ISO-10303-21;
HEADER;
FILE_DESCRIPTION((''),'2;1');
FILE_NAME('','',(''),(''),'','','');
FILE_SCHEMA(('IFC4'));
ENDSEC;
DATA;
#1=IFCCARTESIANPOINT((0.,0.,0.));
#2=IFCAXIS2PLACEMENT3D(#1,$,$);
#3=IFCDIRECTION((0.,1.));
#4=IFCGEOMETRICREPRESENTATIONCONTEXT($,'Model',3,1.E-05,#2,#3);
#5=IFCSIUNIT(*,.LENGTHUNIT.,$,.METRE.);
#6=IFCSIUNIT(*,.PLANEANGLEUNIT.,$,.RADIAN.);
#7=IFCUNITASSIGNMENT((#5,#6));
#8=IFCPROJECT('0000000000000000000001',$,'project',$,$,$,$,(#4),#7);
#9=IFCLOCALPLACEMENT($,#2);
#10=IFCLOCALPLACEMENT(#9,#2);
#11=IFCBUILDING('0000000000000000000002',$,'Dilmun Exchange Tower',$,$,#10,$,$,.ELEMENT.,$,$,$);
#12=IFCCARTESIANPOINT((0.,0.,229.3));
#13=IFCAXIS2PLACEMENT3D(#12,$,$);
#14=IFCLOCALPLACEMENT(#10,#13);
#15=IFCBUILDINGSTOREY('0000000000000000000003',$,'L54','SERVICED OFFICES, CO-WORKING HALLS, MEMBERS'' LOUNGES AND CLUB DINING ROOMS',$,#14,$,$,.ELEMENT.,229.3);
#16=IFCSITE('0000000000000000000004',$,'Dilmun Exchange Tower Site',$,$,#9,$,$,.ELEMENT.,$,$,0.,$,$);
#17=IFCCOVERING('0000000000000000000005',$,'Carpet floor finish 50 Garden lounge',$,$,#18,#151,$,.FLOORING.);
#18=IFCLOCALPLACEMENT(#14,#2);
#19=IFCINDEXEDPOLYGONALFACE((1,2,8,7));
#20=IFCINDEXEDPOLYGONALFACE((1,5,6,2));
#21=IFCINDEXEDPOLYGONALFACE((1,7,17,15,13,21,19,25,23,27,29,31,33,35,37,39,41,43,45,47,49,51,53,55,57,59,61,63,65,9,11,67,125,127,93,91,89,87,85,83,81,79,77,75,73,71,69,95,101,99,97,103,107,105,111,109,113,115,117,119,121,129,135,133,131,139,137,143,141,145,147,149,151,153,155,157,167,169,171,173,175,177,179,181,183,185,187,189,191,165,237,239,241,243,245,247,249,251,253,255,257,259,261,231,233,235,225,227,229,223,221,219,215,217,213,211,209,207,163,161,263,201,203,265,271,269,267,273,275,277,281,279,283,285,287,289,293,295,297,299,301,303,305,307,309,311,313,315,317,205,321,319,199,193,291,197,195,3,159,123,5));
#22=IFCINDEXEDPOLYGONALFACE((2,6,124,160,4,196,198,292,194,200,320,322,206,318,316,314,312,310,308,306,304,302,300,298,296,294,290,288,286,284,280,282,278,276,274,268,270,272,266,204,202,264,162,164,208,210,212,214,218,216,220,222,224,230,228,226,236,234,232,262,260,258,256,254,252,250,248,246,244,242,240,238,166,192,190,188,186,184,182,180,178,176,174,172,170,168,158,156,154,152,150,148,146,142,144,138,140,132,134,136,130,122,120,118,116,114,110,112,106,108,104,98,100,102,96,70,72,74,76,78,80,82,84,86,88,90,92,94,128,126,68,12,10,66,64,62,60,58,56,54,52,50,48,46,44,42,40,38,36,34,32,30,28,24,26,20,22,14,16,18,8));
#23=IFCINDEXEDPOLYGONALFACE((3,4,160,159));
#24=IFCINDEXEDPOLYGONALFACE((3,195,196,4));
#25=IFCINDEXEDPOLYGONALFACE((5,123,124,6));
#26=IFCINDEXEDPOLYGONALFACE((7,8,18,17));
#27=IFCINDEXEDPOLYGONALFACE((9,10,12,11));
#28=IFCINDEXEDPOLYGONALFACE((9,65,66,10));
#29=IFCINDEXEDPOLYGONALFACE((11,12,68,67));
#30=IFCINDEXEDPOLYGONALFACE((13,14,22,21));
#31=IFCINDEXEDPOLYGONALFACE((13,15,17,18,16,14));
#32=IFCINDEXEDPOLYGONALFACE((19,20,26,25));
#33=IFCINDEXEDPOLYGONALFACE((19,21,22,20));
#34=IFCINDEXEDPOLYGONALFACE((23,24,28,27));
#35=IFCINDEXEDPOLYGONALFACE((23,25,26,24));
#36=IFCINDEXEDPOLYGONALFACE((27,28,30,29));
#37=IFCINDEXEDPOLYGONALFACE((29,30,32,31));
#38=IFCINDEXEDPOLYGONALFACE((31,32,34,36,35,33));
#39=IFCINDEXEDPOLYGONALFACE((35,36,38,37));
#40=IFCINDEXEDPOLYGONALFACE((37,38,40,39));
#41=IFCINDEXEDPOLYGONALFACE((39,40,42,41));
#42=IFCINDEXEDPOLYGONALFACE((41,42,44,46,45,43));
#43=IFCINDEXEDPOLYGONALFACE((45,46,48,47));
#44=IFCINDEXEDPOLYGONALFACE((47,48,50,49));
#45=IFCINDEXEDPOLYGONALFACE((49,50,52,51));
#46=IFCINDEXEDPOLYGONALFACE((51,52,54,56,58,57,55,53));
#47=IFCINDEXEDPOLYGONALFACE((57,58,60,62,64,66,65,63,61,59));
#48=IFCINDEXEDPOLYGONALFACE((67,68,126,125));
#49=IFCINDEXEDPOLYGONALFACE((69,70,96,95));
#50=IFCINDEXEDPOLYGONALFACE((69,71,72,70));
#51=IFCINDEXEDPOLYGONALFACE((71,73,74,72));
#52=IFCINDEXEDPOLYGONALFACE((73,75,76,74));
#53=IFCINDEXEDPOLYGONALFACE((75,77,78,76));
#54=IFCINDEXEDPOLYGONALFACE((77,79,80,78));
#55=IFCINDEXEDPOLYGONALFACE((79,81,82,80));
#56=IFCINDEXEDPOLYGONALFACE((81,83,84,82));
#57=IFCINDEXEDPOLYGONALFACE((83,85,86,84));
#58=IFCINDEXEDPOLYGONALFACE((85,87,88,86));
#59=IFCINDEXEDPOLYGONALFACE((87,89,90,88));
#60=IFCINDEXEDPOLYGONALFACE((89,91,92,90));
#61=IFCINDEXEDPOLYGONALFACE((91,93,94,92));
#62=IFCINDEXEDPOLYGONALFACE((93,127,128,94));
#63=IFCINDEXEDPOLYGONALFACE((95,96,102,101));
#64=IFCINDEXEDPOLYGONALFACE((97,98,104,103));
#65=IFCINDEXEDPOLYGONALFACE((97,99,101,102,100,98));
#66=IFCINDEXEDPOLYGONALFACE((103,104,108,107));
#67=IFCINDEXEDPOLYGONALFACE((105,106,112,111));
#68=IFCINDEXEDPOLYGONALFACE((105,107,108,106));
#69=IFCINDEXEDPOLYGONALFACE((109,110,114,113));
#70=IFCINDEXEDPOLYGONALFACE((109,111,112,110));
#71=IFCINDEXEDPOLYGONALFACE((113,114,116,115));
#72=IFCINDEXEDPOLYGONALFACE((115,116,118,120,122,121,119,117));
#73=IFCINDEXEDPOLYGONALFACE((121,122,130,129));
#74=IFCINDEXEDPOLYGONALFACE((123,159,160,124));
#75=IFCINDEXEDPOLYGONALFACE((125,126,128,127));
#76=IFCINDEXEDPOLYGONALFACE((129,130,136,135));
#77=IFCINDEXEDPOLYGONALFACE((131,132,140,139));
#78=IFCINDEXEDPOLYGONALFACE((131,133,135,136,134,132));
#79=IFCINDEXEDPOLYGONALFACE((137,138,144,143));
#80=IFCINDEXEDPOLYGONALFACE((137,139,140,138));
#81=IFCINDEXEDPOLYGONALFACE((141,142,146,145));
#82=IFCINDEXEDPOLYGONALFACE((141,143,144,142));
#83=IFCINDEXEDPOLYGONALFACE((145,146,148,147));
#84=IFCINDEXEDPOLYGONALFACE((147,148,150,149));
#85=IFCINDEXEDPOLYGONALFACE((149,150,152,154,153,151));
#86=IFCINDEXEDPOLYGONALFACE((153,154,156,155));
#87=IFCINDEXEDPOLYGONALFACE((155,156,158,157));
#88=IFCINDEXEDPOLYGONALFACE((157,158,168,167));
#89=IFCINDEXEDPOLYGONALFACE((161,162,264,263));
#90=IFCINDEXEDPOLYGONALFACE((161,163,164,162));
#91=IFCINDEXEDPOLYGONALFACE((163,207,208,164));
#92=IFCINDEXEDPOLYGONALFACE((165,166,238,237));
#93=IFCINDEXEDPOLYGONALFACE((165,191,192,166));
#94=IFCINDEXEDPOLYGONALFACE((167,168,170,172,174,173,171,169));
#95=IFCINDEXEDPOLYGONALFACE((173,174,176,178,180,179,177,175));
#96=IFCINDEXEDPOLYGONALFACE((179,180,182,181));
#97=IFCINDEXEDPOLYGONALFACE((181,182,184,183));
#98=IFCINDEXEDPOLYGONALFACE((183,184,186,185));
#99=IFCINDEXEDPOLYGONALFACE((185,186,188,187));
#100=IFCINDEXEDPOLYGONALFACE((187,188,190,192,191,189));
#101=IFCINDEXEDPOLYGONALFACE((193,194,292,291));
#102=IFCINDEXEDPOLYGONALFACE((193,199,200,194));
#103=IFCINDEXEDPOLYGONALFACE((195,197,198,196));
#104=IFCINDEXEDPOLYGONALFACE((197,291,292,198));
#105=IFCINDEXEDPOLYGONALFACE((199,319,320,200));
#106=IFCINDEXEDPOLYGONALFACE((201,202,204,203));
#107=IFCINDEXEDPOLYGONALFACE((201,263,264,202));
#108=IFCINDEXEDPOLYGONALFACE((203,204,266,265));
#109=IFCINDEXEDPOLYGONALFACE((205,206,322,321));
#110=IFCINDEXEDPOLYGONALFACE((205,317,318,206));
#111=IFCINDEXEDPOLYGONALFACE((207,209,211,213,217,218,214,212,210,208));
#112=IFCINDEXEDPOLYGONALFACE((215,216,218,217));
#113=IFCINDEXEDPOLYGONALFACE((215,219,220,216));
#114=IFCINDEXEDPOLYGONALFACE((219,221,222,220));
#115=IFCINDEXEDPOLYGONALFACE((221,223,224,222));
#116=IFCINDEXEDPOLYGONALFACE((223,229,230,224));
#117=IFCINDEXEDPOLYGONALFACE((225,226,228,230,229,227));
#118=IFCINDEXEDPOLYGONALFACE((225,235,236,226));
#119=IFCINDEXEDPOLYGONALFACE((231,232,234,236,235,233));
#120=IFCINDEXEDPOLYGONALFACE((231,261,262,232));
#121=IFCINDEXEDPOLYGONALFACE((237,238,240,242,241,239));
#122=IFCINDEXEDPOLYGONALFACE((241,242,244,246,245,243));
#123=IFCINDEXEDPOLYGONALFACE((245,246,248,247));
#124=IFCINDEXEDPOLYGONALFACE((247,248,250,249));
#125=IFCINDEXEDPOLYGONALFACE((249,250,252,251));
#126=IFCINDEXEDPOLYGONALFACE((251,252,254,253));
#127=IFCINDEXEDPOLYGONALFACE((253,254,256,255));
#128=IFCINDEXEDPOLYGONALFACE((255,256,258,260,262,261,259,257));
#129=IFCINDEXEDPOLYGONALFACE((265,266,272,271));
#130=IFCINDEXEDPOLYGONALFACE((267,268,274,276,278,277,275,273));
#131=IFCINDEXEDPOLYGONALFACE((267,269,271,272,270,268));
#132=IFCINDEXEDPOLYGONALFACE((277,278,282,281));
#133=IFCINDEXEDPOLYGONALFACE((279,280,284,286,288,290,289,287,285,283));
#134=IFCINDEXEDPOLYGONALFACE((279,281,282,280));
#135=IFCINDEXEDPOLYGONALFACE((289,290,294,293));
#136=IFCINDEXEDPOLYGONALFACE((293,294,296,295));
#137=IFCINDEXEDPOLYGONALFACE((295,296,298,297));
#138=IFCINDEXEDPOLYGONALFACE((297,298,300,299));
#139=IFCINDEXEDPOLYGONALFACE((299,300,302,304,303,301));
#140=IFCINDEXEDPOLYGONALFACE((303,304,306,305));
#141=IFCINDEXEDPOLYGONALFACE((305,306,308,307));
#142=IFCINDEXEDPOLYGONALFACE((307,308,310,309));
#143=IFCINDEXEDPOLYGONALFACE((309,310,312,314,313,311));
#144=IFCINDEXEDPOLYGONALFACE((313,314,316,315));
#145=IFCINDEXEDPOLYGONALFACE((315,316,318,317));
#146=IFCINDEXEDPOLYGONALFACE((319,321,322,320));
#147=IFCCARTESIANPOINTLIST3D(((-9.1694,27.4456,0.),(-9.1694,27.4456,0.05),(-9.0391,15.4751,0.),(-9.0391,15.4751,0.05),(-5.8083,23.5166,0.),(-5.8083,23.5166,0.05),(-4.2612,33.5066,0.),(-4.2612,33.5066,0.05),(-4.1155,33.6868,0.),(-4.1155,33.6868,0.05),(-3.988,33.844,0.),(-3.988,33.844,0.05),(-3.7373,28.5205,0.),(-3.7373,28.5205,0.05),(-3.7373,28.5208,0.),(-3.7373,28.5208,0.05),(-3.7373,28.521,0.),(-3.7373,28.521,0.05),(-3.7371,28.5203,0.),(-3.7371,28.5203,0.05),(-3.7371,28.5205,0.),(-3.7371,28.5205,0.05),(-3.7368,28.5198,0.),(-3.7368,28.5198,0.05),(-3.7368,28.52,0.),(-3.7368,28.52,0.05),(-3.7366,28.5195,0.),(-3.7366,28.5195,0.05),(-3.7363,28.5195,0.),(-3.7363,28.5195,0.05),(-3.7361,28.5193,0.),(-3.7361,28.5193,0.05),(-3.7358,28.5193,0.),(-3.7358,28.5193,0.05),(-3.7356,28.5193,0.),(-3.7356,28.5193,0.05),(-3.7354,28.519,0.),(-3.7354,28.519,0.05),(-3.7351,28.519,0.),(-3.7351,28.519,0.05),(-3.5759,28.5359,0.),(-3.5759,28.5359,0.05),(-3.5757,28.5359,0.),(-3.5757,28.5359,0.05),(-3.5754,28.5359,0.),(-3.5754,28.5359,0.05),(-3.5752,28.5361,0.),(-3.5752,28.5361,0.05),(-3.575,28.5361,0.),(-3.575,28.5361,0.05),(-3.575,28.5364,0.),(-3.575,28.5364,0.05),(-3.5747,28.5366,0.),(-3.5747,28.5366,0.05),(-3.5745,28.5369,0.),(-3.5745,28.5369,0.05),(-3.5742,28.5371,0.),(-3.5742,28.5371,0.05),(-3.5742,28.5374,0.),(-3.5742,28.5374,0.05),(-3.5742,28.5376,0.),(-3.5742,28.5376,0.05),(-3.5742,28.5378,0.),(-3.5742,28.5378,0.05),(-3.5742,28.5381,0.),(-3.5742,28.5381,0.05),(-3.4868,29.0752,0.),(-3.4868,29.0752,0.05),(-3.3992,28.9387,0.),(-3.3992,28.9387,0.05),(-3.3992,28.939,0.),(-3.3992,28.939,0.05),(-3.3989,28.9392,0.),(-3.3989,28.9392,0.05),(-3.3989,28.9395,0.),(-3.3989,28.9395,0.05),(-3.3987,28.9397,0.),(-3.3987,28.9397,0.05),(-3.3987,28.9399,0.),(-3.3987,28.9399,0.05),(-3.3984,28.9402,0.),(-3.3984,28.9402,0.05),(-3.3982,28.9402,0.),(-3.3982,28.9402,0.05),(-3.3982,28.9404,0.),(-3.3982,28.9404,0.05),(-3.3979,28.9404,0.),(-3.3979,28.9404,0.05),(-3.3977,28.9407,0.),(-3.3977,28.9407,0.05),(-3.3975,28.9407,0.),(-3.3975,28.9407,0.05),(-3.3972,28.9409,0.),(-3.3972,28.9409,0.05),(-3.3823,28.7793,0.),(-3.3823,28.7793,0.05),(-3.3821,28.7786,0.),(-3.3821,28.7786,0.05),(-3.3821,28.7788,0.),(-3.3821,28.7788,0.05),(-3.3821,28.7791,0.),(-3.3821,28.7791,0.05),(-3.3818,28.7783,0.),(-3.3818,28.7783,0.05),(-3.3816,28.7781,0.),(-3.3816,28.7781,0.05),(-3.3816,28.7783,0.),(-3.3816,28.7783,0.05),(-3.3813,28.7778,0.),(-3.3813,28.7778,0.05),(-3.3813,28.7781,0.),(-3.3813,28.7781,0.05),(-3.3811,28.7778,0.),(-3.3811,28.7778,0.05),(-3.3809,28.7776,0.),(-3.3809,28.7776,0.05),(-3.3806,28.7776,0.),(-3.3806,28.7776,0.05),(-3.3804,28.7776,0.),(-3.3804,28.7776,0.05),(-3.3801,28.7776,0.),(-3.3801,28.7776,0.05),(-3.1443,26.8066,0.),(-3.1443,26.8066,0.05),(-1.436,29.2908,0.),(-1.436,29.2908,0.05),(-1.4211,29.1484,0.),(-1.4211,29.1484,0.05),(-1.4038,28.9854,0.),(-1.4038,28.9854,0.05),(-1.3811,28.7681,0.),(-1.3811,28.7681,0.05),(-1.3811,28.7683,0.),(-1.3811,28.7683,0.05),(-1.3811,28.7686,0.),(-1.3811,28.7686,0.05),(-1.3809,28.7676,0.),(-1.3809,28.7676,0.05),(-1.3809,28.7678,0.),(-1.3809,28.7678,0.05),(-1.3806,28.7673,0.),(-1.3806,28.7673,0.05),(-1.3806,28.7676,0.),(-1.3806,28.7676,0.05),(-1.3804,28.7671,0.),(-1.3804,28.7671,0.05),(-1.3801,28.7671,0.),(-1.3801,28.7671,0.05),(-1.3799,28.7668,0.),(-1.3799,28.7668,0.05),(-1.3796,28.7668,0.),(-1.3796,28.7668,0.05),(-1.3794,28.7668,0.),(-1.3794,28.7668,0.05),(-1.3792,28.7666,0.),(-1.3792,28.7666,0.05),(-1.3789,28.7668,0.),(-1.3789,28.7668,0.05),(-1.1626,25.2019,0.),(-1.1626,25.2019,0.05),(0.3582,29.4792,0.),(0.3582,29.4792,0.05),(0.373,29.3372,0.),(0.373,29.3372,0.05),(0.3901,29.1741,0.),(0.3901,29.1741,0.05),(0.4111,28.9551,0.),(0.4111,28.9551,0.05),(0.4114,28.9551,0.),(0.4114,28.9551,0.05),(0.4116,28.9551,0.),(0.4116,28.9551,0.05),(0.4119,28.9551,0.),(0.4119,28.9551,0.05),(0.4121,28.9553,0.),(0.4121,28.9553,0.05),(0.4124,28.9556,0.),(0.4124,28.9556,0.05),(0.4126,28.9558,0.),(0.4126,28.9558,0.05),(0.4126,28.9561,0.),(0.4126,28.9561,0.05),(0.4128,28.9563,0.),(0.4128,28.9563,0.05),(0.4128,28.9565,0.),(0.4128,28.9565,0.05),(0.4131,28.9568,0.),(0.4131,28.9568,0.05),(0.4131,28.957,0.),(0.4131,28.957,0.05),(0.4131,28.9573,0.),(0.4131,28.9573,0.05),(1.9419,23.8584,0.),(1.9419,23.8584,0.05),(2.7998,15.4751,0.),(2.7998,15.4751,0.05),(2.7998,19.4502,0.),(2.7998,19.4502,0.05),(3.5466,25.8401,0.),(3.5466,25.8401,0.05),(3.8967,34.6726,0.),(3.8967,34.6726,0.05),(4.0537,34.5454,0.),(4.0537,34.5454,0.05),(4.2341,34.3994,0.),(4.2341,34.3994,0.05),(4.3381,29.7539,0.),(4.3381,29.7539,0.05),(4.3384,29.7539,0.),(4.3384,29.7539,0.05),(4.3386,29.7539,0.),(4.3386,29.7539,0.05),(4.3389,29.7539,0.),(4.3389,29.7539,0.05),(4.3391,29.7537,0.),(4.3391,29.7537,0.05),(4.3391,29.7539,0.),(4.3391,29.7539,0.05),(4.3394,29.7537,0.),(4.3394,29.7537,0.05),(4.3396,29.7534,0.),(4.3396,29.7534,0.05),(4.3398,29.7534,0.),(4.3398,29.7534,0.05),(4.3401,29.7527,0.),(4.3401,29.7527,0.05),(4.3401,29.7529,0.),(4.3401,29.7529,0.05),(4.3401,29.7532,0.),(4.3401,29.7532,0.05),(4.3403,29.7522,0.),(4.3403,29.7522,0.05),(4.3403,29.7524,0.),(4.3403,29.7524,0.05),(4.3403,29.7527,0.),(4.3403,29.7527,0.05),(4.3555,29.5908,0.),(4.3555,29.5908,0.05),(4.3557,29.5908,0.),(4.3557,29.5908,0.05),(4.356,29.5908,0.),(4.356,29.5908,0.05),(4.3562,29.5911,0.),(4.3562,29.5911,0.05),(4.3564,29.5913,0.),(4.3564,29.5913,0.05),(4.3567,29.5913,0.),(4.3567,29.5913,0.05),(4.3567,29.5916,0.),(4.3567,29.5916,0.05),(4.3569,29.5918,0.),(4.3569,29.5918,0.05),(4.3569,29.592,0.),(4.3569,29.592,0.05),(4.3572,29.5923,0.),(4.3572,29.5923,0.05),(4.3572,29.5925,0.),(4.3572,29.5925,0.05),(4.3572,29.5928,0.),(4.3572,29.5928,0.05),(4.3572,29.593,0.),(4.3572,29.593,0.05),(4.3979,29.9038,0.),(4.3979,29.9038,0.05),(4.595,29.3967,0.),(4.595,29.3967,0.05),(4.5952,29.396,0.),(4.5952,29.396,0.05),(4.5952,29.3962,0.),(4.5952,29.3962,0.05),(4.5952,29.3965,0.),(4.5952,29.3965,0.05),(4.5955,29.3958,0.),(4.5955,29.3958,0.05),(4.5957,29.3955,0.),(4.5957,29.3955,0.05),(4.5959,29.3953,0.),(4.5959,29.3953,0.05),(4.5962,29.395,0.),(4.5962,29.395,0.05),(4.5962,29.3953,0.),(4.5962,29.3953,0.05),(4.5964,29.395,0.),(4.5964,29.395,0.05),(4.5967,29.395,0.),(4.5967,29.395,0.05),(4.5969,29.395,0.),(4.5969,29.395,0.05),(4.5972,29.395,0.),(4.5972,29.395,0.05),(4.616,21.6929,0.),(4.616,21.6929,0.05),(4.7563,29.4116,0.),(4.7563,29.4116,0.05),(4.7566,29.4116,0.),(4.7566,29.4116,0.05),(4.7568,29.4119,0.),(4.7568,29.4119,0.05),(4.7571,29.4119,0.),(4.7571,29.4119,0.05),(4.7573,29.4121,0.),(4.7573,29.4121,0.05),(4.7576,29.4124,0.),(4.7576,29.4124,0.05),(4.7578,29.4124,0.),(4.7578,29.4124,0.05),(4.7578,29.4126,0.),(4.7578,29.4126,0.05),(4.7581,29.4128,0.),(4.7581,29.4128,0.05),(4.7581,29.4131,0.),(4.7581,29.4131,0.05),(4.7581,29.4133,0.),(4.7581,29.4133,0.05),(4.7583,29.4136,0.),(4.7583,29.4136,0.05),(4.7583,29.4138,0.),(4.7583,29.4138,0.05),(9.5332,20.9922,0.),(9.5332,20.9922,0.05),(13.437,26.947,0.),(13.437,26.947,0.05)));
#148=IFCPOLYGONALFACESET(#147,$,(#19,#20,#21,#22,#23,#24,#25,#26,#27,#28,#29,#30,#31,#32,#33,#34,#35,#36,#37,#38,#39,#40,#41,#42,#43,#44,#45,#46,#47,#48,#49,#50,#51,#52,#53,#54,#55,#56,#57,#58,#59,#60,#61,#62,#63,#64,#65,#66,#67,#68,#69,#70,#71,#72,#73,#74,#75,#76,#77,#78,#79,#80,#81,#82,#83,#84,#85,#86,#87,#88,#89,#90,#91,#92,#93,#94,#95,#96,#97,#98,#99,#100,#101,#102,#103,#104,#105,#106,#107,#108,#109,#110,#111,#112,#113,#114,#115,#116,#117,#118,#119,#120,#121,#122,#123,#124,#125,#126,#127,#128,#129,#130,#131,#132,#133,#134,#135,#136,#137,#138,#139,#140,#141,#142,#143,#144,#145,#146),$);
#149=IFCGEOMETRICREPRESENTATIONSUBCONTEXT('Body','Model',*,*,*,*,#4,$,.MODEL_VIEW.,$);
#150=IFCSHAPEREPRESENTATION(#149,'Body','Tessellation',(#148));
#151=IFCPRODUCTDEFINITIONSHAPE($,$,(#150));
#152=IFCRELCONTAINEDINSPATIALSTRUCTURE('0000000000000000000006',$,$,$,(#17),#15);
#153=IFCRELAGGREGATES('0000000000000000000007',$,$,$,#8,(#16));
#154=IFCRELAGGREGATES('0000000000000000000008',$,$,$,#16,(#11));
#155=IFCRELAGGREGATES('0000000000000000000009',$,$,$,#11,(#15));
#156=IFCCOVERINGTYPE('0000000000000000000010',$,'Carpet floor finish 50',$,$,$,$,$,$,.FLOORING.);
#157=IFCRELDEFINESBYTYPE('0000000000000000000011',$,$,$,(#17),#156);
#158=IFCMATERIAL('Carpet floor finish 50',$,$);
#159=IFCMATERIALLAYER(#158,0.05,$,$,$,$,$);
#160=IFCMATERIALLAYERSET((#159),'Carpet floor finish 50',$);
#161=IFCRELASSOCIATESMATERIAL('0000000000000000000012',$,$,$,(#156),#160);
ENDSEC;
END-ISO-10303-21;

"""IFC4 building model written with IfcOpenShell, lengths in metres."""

from ifc_helpers import new_model, si_unit, direction, frame, origin, place, context, subcontext, project, spatial, polyline, outline, extrude, material, layer, layer_set, type_object, element, save


model = new_model("IFC4")

# Units and contexts
model_context = context("Model", 3, precision=1e-05, world=origin(), true_north=direction((0.0, 1.0)))
body_context = subcontext(model_context, "Body", "Model", "MODEL_VIEW")
ifc_project = project(units=[si_unit("LENGTHUNIT", "METRE"), si_unit("PLANEANGLEUNIT", "RADIAN")], contexts=[model_context])

# Site, building, storey
site_placement = place(None, origin())
site = spatial("IfcSite", under=ifc_project, at=site_placement, Name="Dilmun Exchange Tower Site", CompositionType="ELEMENT", RefElevation=0.0)
building_placement = place(site_placement, origin())
building = spatial("IfcBuilding", under=site, at=building_placement, Name="Dilmun Exchange Tower", CompositionType="ELEMENT")
storey_placement = place(building_placement, frame((0.0, 0.0, 229.3)))
storey = spatial("IfcBuildingStorey", under=building, at=storey_placement, Name="L54", Description="SERVICED OFFICES, CO-WORKING HALLS, MEMBERS' LOUNGES AND CLUB DINING ROOMS", CompositionType="ELEMENT", Elevation=229.3)

# Covering
ifc_material_1 = material(Name="Carpet floor finish 50")
ifc_layer_1 = layer(ifc_material_1, 0.05)
ifc_layer_set_1 = layer_set([ifc_layer_1], Name="Carpet floor finish 50")
covering_type_1 = type_object("IfcCoveringType", Name="Carpet floor finish 50", PredefinedType="FLOORING", material=ifc_layer_set_1)
covering_1_placement = place(storey_placement, origin())
element("IfcCovering", 1, at=covering_1_placement, inside=storey, type_object=covering_type_1, Name="Carpet floor finish 50 Garden lounge", PredefinedType="FLOORING", context=body_context, shape_type="SweptSolid", body=[
    extrude(outline(polyline([(-3.4868, 29.0752), (-1.436, 29.2908), (-1.4211, 29.1484), (-3.3972, 28.9409), (-3.3975, 28.9407), (-3.3977, 28.9407), (-3.3977, 28.9407), (-3.3979, 28.9404), (-3.3982, 28.9404), (-3.3982, 28.9402), (-3.3984, 28.9402), (-3.3987, 28.9399), (-3.3987, 28.9399), (-3.3987, 28.9397), (-3.3989, 28.9395), (-3.3989, 28.9392), (-3.3989, 28.9392), (-3.3992, 28.939), (-3.3992, 28.9387), (-3.3992, 28.9387), (-3.3823, 28.7793), (-3.3823, 28.7793), (-3.3821, 28.7791), (-3.3821, 28.7788), (-3.3821, 28.7788), (-3.3821, 28.7786), (-3.3818, 28.7783), (-3.3816, 28.7783), (-3.3816, 28.7781), (-3.3813, 28.7781), (-3.3813, 28.7778), (-3.3811, 28.7778), (-3.3809, 28.7776), (-3.3806, 28.7776), (-3.3806, 28.7776), (-3.3804, 28.7776), (-3.3801, 28.7776), (-1.4038, 28.9854), (-1.3811, 28.7686), (-1.3811, 28.7683), (-1.3811, 28.7683), (-1.3811, 28.7681), (-1.3809, 28.7678), (-1.3809, 28.7676), (-1.3806, 28.7676), (-1.3806, 28.7673), (-1.3804, 28.7671), (-1.3801, 28.7671), (-1.3801, 28.7671), (-1.3799, 28.7668), (-1.3796, 28.7668), (-1.3794, 28.7668), (-1.3794, 28.7668), (-1.3792, 28.7666), (-1.3789, 28.7668), (0.4111, 28.9551), (0.4114, 28.9551), (0.4116, 28.9551), (0.4116, 28.9551), (0.4119, 28.9551), (0.4121, 28.9553), (0.4121, 28.9553), (0.4124, 28.9556), (0.4126, 28.9558), (0.4126, 28.9558), (0.4126, 28.9561), (0.4128, 28.9563), (0.4128, 28.9563), (0.4128, 28.9565), (0.4131, 28.9568), (0.4131, 28.957), (0.4131, 28.9573), (0.3901, 29.1741), (4.3555, 29.5908), (4.3557, 29.5908), (4.3557, 29.5908), (4.356, 29.5908), (4.3562, 29.5911), (4.3562, 29.5911), (4.3564, 29.5913), (4.3567, 29.5913), (4.3567, 29.5916), (4.3567, 29.5916), (4.3569, 29.5918), (4.3569, 29.592), (4.3572, 29.5923), (4.3572, 29.5923), (4.3572, 29.5925), (4.3572, 29.5928), (4.3572, 29.593), (4.3403, 29.7522), (4.3403, 29.7522), (4.3403, 29.7524), (4.3403, 29.7527), (4.3401, 29.7527), (4.3401, 29.7529), (4.3401, 29.7532), (4.3398, 29.7534), (4.3396, 29.7534), (4.3396, 29.7534), (4.3394, 29.7537), (4.3391, 29.7537), (4.3391, 29.7539), (4.3389, 29.7539), (4.3386, 29.7539), (4.3384, 29.7539), (4.3381, 29.7539), (0.373, 29.3372), (0.3582, 29.4792), (4.3979, 29.9038), (3.8967, 34.6726), (4.0537, 34.5454), (4.595, 29.3967), (4.5952, 29.3965), (4.5952, 29.3962), (4.5952, 29.3962), (4.5952, 29.396), (4.5955, 29.3958), (4.5955, 29.3958), (4.5957, 29.3955), (4.5957, 29.3955), (4.5959, 29.3953), (4.5962, 29.3953), (4.5962, 29.395), (4.5964, 29.395), (4.5967, 29.395), (4.5969, 29.395), (4.5972, 29.395), (4.5972, 29.395), (4.7563, 29.4116), (4.7566, 29.4116), (4.7568, 29.4119), (4.7568, 29.4119), (4.7571, 29.4119), (4.7573, 29.4121), (4.7573, 29.4121), (4.7576, 29.4124), (4.7578, 29.4124), (4.7578, 29.4126), (4.7578, 29.4126), (4.7581, 29.4128), (4.7581, 29.4131), (4.7581, 29.4133), (4.7583, 29.4136), (4.7583, 29.4138), (4.7583, 29.4138), (4.2341, 34.3994), (13.437, 26.947), (9.5332, 20.9922), (3.5466, 25.8401), (1.9419, 23.8584), (4.616, 21.6929), (2.7998, 19.4502), (2.7998, 15.4751), (-9.0391, 15.4751), (-1.1626, 25.2019), (-3.1443, 26.8066), (-5.8083, 23.5166), (-9.1694, 27.4456), (-4.2612, 33.5066), (-3.7373, 28.521), (-3.7373, 28.5208), (-3.7373, 28.5205), (-3.7371, 28.5205), (-3.7371, 28.5203), (-3.7368, 28.52), (-3.7368, 28.52), (-3.7368, 28.5198), (-3.7366, 28.5195), (-3.7363, 28.5195), (-3.7361, 28.5193), (-3.7361, 28.5193), (-3.7358, 28.5193), (-3.7356, 28.5193), (-3.7354, 28.519), (-3.7351, 28.519), (-3.7351, 28.519), (-3.5759, 28.5359), (-3.5757, 28.5359), (-3.5754, 28.5359), (-3.5754, 28.5359), (-3.5752, 28.5361), (-3.575, 28.5361), (-3.575, 28.5364), (-3.5747, 28.5366), (-3.5747, 28.5366), (-3.5745, 28.5369), (-3.5745, 28.5369), (-3.5742, 28.5371), (-3.5742, 28.5374), (-3.5742, 28.5376), (-3.5742, 28.5376), (-3.5742, 28.5378), (-3.5742, 28.5381), (-4.1155, 33.6868), (-3.988, 33.844), (-3.4868, 29.0752)])), origin(), (0.0, 0.0, 1.0), 0.05),
])

save(model, "model.ifc")
